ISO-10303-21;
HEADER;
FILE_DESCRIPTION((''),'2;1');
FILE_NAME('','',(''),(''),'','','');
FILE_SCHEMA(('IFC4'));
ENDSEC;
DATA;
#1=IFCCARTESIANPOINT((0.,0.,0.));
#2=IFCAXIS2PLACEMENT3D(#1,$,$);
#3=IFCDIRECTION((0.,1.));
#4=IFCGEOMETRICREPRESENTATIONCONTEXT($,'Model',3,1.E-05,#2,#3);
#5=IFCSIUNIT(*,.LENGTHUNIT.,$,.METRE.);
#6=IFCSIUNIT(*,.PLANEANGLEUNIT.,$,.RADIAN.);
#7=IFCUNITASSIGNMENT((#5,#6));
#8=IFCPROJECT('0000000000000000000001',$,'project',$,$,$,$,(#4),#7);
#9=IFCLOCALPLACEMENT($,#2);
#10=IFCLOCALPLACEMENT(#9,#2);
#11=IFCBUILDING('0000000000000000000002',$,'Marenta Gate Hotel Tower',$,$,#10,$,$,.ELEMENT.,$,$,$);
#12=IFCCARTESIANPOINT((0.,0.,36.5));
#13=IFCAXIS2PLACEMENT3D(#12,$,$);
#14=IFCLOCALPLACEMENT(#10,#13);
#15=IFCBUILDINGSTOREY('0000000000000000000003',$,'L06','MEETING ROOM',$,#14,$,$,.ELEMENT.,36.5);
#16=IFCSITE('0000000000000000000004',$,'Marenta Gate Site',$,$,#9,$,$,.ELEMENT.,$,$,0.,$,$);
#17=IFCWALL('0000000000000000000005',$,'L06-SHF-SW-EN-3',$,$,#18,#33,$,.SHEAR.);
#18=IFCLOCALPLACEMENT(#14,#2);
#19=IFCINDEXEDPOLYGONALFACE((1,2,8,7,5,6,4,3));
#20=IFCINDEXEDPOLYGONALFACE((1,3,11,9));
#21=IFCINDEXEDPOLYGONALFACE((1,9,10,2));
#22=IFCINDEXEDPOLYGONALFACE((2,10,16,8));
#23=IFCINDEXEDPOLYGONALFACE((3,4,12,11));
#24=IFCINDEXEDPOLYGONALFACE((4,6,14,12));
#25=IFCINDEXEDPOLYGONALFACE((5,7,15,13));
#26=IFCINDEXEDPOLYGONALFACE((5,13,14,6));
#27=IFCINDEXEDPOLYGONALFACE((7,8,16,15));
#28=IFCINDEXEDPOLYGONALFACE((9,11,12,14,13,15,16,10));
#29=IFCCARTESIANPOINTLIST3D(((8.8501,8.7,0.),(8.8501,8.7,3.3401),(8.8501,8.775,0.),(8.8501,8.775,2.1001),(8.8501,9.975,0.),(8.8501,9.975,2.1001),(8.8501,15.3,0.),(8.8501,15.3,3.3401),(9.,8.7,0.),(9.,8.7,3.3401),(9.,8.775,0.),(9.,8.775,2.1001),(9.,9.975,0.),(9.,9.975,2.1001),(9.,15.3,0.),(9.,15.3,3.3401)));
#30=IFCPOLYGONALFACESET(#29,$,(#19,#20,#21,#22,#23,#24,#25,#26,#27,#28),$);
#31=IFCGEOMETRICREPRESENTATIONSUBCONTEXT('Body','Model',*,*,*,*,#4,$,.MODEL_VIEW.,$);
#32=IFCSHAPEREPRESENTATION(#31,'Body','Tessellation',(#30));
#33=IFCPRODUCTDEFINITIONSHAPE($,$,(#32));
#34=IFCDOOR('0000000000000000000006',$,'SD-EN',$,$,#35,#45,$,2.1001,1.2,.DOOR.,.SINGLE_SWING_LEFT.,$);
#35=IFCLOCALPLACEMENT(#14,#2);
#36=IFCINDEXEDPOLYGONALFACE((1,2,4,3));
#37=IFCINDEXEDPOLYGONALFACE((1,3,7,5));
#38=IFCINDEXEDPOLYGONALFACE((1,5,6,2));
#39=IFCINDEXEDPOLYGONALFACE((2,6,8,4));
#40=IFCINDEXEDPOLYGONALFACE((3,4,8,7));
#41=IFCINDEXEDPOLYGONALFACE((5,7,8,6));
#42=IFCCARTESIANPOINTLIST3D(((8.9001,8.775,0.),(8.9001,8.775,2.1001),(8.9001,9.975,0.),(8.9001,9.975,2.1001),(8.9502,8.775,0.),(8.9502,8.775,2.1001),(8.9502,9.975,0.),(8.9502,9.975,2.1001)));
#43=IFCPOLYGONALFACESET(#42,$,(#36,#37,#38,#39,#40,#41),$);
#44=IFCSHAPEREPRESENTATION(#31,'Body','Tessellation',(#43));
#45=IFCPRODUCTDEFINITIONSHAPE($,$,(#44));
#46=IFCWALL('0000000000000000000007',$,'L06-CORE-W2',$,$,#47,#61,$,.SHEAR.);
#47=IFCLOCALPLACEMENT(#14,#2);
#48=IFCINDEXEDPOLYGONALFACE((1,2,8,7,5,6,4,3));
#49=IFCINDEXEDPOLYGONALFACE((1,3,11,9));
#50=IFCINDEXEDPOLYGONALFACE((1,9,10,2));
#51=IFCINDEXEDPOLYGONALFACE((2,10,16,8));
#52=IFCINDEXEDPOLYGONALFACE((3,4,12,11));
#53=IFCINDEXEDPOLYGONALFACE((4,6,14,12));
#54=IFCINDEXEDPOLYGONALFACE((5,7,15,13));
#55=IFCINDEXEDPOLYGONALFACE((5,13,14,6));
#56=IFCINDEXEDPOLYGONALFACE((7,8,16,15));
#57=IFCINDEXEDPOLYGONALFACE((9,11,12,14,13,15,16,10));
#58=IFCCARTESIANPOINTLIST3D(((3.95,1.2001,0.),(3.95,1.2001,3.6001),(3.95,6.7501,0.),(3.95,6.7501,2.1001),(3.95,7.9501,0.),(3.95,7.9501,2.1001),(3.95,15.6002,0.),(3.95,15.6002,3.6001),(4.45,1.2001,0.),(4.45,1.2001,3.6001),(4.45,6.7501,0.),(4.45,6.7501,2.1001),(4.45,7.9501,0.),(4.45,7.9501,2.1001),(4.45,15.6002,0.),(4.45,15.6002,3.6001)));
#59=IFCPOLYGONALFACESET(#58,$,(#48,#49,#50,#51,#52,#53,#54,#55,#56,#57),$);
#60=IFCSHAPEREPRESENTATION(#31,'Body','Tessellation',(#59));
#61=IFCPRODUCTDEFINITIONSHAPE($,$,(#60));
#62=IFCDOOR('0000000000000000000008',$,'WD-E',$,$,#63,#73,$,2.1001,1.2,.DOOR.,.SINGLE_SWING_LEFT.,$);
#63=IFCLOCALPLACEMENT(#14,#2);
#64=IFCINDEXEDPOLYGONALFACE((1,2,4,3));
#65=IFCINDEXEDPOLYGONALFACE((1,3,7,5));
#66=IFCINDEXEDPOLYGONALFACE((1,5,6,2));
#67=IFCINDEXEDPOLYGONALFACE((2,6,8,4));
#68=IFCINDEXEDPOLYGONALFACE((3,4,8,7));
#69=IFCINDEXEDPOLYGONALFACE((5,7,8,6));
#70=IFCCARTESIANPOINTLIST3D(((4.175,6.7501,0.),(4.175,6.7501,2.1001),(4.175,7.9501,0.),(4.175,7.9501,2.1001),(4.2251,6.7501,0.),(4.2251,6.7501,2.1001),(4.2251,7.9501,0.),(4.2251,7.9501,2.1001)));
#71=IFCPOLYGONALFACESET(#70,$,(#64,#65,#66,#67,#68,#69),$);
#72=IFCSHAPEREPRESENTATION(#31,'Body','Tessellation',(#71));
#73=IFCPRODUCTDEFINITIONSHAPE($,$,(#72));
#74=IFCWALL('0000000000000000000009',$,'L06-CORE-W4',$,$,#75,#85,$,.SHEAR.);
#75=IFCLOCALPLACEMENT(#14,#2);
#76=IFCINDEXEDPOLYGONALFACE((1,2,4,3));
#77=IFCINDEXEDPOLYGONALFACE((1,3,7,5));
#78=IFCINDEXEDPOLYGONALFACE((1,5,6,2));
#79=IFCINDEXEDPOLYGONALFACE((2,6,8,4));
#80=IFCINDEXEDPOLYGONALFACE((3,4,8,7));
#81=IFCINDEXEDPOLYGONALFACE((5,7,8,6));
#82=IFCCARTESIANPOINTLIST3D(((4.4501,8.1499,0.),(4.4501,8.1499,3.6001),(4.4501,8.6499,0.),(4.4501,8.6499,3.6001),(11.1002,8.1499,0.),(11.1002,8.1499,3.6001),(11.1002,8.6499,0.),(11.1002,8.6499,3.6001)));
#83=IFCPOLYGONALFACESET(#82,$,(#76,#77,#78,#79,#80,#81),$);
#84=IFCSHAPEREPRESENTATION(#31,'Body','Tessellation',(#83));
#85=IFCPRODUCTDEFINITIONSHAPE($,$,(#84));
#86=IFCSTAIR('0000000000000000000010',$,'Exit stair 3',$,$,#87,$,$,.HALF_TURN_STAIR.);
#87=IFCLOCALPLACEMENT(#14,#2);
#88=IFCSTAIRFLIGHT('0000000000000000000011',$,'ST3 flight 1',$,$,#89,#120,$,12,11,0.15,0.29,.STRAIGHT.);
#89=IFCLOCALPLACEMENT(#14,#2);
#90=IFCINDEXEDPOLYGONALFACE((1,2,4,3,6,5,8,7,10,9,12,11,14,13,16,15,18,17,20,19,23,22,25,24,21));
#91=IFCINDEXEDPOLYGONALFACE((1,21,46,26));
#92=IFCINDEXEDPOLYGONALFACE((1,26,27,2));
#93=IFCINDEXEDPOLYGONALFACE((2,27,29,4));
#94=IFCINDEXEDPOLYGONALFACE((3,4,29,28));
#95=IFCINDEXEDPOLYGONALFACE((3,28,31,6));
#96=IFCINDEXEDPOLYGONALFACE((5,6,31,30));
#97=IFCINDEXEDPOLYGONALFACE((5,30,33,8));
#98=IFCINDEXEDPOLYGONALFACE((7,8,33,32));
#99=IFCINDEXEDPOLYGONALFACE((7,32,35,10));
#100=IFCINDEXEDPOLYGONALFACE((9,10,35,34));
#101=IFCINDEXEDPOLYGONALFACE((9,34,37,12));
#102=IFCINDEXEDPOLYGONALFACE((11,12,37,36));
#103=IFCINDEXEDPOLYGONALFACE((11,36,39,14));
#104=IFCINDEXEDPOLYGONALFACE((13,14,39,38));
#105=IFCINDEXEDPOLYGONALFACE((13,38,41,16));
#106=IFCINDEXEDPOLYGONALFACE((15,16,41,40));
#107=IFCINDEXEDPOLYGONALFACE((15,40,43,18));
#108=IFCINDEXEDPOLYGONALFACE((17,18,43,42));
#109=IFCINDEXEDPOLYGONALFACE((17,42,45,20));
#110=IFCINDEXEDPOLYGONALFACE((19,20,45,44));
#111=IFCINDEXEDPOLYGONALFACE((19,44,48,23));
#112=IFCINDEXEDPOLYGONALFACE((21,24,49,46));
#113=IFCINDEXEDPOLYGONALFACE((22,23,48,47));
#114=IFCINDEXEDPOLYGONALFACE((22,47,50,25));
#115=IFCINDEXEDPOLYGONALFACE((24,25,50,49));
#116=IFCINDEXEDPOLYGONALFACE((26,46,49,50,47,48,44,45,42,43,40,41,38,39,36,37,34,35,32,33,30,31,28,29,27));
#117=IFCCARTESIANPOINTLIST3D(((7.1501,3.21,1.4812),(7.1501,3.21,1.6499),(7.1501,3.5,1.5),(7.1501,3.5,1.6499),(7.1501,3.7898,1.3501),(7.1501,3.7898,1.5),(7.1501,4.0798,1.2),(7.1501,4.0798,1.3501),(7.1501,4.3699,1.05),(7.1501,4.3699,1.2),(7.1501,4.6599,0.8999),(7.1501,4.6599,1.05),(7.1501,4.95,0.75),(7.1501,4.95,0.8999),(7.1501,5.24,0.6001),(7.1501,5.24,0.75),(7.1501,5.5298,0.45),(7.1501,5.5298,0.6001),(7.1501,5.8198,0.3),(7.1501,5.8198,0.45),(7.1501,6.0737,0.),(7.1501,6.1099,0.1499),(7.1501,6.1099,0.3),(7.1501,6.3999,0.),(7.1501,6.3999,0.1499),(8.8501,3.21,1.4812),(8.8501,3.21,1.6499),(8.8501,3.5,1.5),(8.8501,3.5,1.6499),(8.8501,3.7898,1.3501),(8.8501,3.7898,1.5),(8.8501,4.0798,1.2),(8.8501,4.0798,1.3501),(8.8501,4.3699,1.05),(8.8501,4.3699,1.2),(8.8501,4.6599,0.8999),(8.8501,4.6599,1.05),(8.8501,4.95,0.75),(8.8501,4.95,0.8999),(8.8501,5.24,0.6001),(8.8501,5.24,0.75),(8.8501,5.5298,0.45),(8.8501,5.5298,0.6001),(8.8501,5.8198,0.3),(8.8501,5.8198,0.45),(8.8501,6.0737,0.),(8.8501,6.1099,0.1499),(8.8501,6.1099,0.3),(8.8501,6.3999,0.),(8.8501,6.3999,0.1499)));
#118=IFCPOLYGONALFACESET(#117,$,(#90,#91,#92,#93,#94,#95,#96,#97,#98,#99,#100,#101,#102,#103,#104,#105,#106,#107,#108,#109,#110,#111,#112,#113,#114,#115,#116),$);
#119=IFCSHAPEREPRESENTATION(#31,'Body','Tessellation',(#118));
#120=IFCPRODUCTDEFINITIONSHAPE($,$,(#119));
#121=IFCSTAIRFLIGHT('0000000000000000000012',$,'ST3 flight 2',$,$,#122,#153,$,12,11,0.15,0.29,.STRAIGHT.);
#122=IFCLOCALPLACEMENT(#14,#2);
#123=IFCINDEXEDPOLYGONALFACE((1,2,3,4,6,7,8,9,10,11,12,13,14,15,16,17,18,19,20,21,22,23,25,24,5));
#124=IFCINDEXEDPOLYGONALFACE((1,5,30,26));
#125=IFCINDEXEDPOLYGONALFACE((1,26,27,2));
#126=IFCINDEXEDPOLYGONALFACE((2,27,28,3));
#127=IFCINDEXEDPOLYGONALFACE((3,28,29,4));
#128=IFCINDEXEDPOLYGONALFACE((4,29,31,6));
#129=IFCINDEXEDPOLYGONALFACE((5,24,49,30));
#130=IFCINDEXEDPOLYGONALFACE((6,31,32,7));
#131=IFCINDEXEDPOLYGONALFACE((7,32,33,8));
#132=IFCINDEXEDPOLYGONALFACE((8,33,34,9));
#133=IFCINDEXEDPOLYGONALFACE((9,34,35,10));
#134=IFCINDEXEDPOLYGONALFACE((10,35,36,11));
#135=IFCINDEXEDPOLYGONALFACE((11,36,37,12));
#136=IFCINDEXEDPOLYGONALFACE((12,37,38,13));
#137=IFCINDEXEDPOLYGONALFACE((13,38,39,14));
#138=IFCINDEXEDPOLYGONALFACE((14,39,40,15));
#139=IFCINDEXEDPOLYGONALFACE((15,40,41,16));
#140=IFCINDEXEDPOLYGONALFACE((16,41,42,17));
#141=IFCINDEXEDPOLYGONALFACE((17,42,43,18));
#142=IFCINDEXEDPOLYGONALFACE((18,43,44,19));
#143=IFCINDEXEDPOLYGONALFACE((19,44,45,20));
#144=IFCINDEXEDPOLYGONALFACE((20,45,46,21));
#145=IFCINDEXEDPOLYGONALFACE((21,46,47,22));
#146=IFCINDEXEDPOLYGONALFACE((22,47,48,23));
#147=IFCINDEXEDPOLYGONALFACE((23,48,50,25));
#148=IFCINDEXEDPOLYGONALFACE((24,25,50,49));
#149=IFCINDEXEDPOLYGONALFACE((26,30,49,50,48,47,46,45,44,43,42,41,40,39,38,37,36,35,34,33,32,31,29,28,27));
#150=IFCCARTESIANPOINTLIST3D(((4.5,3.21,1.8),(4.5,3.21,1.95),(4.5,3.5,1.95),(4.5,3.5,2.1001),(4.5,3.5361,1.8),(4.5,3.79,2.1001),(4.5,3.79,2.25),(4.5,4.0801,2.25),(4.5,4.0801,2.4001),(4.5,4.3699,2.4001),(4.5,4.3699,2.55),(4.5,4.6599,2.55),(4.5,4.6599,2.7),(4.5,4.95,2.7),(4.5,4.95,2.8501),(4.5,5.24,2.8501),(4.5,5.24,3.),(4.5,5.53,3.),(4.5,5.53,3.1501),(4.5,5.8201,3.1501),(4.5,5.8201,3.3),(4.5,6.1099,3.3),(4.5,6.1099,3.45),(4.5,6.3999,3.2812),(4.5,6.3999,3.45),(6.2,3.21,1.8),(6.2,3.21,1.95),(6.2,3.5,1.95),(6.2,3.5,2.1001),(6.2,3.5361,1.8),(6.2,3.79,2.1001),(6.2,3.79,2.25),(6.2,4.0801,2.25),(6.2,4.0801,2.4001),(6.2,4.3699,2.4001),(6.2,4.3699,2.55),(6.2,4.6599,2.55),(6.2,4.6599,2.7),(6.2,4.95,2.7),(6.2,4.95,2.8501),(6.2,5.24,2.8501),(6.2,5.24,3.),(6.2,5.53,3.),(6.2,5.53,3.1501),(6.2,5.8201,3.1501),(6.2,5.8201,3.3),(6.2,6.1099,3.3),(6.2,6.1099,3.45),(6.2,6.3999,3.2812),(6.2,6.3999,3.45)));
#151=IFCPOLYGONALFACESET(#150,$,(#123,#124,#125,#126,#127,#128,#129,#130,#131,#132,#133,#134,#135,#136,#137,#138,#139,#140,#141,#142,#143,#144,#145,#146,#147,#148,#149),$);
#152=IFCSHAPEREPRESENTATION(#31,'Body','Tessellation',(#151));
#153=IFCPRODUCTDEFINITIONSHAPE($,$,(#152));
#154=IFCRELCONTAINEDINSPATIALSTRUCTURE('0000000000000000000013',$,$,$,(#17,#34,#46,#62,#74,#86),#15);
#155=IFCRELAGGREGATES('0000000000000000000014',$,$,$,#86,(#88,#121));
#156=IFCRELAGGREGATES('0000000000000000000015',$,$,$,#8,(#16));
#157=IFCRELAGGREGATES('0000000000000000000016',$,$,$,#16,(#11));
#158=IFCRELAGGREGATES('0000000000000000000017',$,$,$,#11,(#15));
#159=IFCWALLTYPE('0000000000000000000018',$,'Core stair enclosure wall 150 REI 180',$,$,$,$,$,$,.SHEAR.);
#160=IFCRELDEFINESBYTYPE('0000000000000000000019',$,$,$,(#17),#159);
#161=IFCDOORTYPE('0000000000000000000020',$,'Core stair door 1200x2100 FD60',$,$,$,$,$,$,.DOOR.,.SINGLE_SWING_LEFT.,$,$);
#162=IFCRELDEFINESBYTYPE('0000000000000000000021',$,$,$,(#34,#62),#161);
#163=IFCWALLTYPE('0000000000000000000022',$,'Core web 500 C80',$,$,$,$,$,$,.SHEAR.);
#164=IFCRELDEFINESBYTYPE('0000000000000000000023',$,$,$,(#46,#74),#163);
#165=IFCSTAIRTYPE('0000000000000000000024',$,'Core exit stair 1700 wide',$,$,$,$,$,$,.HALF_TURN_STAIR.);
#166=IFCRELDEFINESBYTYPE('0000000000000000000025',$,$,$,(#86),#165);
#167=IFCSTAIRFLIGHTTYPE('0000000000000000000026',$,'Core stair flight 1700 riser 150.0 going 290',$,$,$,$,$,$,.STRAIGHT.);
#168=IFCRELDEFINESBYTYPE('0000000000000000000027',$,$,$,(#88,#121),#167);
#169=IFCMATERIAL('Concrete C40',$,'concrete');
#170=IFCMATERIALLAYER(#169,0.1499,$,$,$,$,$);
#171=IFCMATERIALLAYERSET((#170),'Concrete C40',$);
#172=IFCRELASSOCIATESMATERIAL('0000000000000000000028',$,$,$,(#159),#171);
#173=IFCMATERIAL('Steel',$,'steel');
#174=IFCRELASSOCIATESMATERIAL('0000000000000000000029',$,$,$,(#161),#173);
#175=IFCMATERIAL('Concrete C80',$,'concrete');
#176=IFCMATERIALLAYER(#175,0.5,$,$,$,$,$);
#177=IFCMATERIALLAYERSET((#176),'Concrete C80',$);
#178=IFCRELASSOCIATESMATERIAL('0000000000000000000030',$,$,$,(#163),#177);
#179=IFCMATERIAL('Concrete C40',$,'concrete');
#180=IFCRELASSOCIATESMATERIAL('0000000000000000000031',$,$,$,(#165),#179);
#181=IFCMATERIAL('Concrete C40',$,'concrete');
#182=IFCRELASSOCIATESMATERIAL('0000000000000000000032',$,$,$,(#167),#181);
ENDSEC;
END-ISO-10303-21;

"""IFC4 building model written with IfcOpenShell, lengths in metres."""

from ifc_helpers import new_model, si_unit, direction, frame, frame_2d, origin, place, context, subcontext, project, spatial, polyline, rectangle, outline, extrude, material, layer, layer_set, type_object, element, fill, aggregate, save


model = new_model("IFC4")

# Units and contexts
model_context = context("Model", 3, precision=1e-05, world=origin(), true_north=direction((0.0, 1.0)))
body_context = subcontext(model_context, "Body", "Model", "MODEL_VIEW")
ifc_project = project(units=[si_unit("LENGTHUNIT", "METRE"), si_unit("PLANEANGLEUNIT", "RADIAN")], contexts=[model_context])

# Site, building, storey
site_placement = place(None, origin())
site = spatial("IfcSite", under=ifc_project, at=site_placement, Name="Marenta Gate Site", CompositionType="ELEMENT", RefElevation=0.0)
building_placement = place(site_placement, origin())
building = spatial("IfcBuilding", under=site, at=building_placement, Name="Marenta Gate Hotel Tower", CompositionType="ELEMENT")
storey_placement = place(building_placement, frame((0.0, 0.0, 36.5)))
storey = spatial("IfcBuildingStorey", under=building, at=storey_placement, Name="L06", Description="MEETING ROOM", CompositionType="ELEMENT", Elevation=36.5)

# Walls, openings, doors
ifc_material_1 = material(Name="Concrete C40", Category="concrete")
ifc_layer_1 = layer(ifc_material_1, 0.1499)
ifc_layer_set_1 = layer_set([ifc_layer_1], Name="Concrete C40")
wall_type_1 = type_object("IfcWallType", Name="Core stair enclosure wall 150 REI 180", PredefinedType="SHEAR", material=ifc_layer_set_1)
ifc_material_2 = material(Name="Steel", Category="steel")
door_type_1 = type_object("IfcDoorType", Name="Core stair door 1200x2100 FD60", OperationType="SINGLE_SWING_LEFT", PredefinedType="DOOR", material=ifc_material_2)
wall_1_placement = place(storey_placement, frame((8.925, 8.7, 0.0), z_axis=(0.0, 0.0, 1.0), x_axis=(0.0, 1.0, 0.0)))
wall_1 = element("IfcWall", 1, at=wall_1_placement, inside=storey, type_object=wall_type_1, Name="L06-SHF-SW-EN-3", PredefinedType="SHEAR", context=body_context, shape_type="SweptSolid", body=[
    extrude(rectangle(XDim=6.6001, YDim=0.1499, at=frame_2d((3.3, 0.0))), origin(), (0.0, 0.0, 1.0), 3.3401),
])
opening_1_placement = place(wall_1_placement, frame((0.075, 0.0, 0.0)))
opening_1 = element("IfcOpeningElement", 2, at=opening_1_placement, cuts=wall_1, PredefinedType="OPENING", context=body_context, shape_type="SweptSolid", body=[
    extrude(rectangle(XDim=1.2, YDim=2.1001, at=frame_2d((0.6001, 1.05))), frame((0.0, 0.075, 0.0), z_axis=(0.0, -1.0, 0.0), x_axis=(1.0, 0.0, 0.0)), (0.0, 0.0, 1.0), 0.1499),
])
door_1_placement = place(opening_1_placement, origin())
door_1 = element("IfcDoor", 3, at=door_1_placement, inside=storey, type_object=door_type_1, Name="SD-EN", OperationType="SINGLE_SWING_LEFT", OverallHeight=2.1001, OverallWidth=1.2, PredefinedType="DOOR", context=body_context, shape_type="SweptSolid", body=[
    extrude(rectangle(XDim=1.2, YDim=2.1001, at=frame_2d((0.6001, 1.05))), frame((0.0, 0.0249, 0.0), z_axis=(0.0, -1.0, 0.0), x_axis=(1.0, 0.0, 0.0)), (0.0, 0.0, 1.0), 0.05),
])
fill(opening_1, door_1)
ifc_material_3 = material(Name="Concrete C80", Category="concrete")
ifc_layer_2 = layer(ifc_material_3, 0.5)
ifc_layer_set_2 = layer_set([ifc_layer_2], Name="Concrete C80")
wall_type_2 = type_object("IfcWallType", Name="Core web 500 C80", PredefinedType="SHEAR", material=ifc_layer_set_2)
wall_2_placement = place(storey_placement, frame((4.2, 1.2, 0.0), z_axis=(0.0, 0.0, 1.0), x_axis=(0.0, 1.0, 0.0)))
wall_2 = element("IfcWall", 4, at=wall_2_placement, inside=storey, type_object=wall_type_2, Name="L06-CORE-W2", PredefinedType="SHEAR", context=body_context, shape_type="SweptSolid", body=[
    extrude(rectangle(XDim=14.4001, YDim=0.5, at=frame_2d((7.2002, 0.0))), origin(), (0.0, 0.0, 1.0), 3.6001),
])
opening_2_placement = place(wall_2_placement, frame((5.55, 0.0, 0.0)))
opening_2 = element("IfcOpeningElement", 5, at=opening_2_placement, cuts=wall_2, PredefinedType="OPENING", context=body_context, shape_type="SweptSolid", body=[
    extrude(rectangle(XDim=1.2, YDim=2.1001, at=frame_2d((0.6001, 1.05))), frame((0.0, 0.25, 0.0), z_axis=(0.0, -1.0, 0.0), x_axis=(1.0, 0.0, 0.0)), (0.0, 0.0, 1.0), 0.5),
])
door_2_placement = place(opening_2_placement, origin())
door_2 = element("IfcDoor", 6, at=door_2_placement, inside=storey, type_object=door_type_1, Name="WD-E", OperationType="SINGLE_SWING_LEFT", OverallHeight=2.1001, OverallWidth=1.2, PredefinedType="DOOR", context=body_context, shape_type="SweptSolid", body=[
    extrude(rectangle(XDim=1.2, YDim=2.1001, at=frame_2d((0.6001, 1.05))), frame((0.0, 0.0249, 0.0), z_axis=(0.0, -1.0, 0.0), x_axis=(1.0, 0.0, 0.0)), (0.0, 0.0, 1.0), 0.05),
])
fill(opening_2, door_2)

# Wall
wall_3_placement = place(storey_placement, frame((4.45, 8.3999, 0.0), z_axis=(0.0, 0.0, 1.0), x_axis=(1.0, 0.0, 0.0)))
element("IfcWall", 7, at=wall_3_placement, inside=storey, type_object=wall_type_2, Name="L06-CORE-W4", PredefinedType="SHEAR", context=body_context, shape_type="SweptSolid", body=[
    extrude(rectangle(XDim=6.6501, YDim=0.5, at=frame_2d((3.3252, 0.0))), origin(), (0.0, 0.0, 1.0), 3.6001),
])

# Stair, stair flights
ifc_material_4 = material(Name="Concrete C40", Category="concrete")
stair_type = type_object("IfcStairType", Name="Core exit stair 1700 wide", PredefinedType="HALF_TURN_STAIR", material=ifc_material_4)
stair_placement = place(storey_placement, origin())
stair = element("IfcStair", 8, at=stair_placement, inside=storey, type_object=stair_type, Name="Exit stair 3", PredefinedType="HALF_TURN_STAIR")
ifc_material_5 = material(Name="Concrete C40", Category="concrete")
stair_flight_type = type_object("IfcStairFlightType", Name="Core stair flight 1700 riser 150.0 going 290", PredefinedType="STRAIGHT", material=ifc_material_5)
stair_flight_1_placement = place(storey_placement, frame((8.0, 6.3999, 0.0), z_axis=(0.0, 0.0, 1.0), x_axis=(0.0, -1.0, 0.0)))
stair_flight_1 = element("IfcStairFlight", 9, at=stair_flight_1_placement, type_object=stair_flight_type, Name="ST3 flight 1", NumberOfRisers=12, NumberOfTreads=11, PredefinedType="STRAIGHT", RiserHeight=0.15, TreadLength=0.29, context=body_context, shape_type="SweptSolid", body=[
    extrude(outline(polyline([(0.0, 0.0), (0.0, 0.1499), (0.29, 0.1499), (0.29, 0.3), (0.5801, 0.3), (0.5801, 0.45), (0.8701, 0.45), (0.8701, 0.6001), (1.1599, 0.6001), (1.1599, 0.75), (1.45, 0.75), (1.45, 0.8999), (1.74, 0.8999), (1.74, 1.05), (2.03, 1.05), (2.03, 1.2), (2.3201, 1.2), (2.3201, 1.3501), (2.6101, 1.3501), (2.6101, 1.5), (2.8999, 1.5), (2.8999, 1.6499), (3.1899, 1.6499), (3.1899, 1.8), (3.1899, 1.4812), (0.3262, 0.0), (0.0, 0.0)])), frame((0.0, 0.8501, 0.0), z_axis=(0.0, -1.0, 0.0), x_axis=(1.0, 0.0, 0.0)), (0.0, 0.0, 1.0), 1.7),
])
stair_flight_2_placement = place(storey_placement, frame((5.3501, 3.21, 1.8), z_axis=(0.0, 0.0, 1.0), x_axis=(0.0, 1.0, 0.0)))
stair_flight_2 = element("IfcStairFlight", 10, at=stair_flight_2_placement, type_object=stair_flight_type, Name="ST3 flight 2", NumberOfRisers=12, NumberOfTreads=11, PredefinedType="STRAIGHT", RiserHeight=0.15, TreadLength=0.29, context=body_context, shape_type="SweptSolid", body=[
    extrude(outline(polyline([(0.0, 0.0), (0.0, 0.1499), (0.29, 0.1499), (0.29, 0.3), (0.5801, 0.3), (0.5801, 0.45), (0.8701, 0.45), (0.8701, 0.6001), (1.1599, 0.6001), (1.1599, 0.75), (1.45, 0.75), (1.45, 0.8999), (1.74, 0.8999), (1.74, 1.05), (2.03, 1.05), (2.03, 1.2), (2.3201, 1.2), (2.3201, 1.3501), (2.6101, 1.3501), (2.6101, 1.5), (2.8999, 1.5), (2.8999, 1.6499), (3.1899, 1.6499), (3.1899, 1.8), (3.1899, 1.4812), (0.3262, 0.0), (0.0, 0.0)])), frame((0.0, 0.8501, 0.0), z_axis=(0.0, -1.0, 0.0), x_axis=(1.0, 0.0, 0.0)), (0.0, 0.0, 1.0), 1.7),
])
aggregate(stair, [stair_flight_1, stair_flight_2])

save(model, "model.ifc")
